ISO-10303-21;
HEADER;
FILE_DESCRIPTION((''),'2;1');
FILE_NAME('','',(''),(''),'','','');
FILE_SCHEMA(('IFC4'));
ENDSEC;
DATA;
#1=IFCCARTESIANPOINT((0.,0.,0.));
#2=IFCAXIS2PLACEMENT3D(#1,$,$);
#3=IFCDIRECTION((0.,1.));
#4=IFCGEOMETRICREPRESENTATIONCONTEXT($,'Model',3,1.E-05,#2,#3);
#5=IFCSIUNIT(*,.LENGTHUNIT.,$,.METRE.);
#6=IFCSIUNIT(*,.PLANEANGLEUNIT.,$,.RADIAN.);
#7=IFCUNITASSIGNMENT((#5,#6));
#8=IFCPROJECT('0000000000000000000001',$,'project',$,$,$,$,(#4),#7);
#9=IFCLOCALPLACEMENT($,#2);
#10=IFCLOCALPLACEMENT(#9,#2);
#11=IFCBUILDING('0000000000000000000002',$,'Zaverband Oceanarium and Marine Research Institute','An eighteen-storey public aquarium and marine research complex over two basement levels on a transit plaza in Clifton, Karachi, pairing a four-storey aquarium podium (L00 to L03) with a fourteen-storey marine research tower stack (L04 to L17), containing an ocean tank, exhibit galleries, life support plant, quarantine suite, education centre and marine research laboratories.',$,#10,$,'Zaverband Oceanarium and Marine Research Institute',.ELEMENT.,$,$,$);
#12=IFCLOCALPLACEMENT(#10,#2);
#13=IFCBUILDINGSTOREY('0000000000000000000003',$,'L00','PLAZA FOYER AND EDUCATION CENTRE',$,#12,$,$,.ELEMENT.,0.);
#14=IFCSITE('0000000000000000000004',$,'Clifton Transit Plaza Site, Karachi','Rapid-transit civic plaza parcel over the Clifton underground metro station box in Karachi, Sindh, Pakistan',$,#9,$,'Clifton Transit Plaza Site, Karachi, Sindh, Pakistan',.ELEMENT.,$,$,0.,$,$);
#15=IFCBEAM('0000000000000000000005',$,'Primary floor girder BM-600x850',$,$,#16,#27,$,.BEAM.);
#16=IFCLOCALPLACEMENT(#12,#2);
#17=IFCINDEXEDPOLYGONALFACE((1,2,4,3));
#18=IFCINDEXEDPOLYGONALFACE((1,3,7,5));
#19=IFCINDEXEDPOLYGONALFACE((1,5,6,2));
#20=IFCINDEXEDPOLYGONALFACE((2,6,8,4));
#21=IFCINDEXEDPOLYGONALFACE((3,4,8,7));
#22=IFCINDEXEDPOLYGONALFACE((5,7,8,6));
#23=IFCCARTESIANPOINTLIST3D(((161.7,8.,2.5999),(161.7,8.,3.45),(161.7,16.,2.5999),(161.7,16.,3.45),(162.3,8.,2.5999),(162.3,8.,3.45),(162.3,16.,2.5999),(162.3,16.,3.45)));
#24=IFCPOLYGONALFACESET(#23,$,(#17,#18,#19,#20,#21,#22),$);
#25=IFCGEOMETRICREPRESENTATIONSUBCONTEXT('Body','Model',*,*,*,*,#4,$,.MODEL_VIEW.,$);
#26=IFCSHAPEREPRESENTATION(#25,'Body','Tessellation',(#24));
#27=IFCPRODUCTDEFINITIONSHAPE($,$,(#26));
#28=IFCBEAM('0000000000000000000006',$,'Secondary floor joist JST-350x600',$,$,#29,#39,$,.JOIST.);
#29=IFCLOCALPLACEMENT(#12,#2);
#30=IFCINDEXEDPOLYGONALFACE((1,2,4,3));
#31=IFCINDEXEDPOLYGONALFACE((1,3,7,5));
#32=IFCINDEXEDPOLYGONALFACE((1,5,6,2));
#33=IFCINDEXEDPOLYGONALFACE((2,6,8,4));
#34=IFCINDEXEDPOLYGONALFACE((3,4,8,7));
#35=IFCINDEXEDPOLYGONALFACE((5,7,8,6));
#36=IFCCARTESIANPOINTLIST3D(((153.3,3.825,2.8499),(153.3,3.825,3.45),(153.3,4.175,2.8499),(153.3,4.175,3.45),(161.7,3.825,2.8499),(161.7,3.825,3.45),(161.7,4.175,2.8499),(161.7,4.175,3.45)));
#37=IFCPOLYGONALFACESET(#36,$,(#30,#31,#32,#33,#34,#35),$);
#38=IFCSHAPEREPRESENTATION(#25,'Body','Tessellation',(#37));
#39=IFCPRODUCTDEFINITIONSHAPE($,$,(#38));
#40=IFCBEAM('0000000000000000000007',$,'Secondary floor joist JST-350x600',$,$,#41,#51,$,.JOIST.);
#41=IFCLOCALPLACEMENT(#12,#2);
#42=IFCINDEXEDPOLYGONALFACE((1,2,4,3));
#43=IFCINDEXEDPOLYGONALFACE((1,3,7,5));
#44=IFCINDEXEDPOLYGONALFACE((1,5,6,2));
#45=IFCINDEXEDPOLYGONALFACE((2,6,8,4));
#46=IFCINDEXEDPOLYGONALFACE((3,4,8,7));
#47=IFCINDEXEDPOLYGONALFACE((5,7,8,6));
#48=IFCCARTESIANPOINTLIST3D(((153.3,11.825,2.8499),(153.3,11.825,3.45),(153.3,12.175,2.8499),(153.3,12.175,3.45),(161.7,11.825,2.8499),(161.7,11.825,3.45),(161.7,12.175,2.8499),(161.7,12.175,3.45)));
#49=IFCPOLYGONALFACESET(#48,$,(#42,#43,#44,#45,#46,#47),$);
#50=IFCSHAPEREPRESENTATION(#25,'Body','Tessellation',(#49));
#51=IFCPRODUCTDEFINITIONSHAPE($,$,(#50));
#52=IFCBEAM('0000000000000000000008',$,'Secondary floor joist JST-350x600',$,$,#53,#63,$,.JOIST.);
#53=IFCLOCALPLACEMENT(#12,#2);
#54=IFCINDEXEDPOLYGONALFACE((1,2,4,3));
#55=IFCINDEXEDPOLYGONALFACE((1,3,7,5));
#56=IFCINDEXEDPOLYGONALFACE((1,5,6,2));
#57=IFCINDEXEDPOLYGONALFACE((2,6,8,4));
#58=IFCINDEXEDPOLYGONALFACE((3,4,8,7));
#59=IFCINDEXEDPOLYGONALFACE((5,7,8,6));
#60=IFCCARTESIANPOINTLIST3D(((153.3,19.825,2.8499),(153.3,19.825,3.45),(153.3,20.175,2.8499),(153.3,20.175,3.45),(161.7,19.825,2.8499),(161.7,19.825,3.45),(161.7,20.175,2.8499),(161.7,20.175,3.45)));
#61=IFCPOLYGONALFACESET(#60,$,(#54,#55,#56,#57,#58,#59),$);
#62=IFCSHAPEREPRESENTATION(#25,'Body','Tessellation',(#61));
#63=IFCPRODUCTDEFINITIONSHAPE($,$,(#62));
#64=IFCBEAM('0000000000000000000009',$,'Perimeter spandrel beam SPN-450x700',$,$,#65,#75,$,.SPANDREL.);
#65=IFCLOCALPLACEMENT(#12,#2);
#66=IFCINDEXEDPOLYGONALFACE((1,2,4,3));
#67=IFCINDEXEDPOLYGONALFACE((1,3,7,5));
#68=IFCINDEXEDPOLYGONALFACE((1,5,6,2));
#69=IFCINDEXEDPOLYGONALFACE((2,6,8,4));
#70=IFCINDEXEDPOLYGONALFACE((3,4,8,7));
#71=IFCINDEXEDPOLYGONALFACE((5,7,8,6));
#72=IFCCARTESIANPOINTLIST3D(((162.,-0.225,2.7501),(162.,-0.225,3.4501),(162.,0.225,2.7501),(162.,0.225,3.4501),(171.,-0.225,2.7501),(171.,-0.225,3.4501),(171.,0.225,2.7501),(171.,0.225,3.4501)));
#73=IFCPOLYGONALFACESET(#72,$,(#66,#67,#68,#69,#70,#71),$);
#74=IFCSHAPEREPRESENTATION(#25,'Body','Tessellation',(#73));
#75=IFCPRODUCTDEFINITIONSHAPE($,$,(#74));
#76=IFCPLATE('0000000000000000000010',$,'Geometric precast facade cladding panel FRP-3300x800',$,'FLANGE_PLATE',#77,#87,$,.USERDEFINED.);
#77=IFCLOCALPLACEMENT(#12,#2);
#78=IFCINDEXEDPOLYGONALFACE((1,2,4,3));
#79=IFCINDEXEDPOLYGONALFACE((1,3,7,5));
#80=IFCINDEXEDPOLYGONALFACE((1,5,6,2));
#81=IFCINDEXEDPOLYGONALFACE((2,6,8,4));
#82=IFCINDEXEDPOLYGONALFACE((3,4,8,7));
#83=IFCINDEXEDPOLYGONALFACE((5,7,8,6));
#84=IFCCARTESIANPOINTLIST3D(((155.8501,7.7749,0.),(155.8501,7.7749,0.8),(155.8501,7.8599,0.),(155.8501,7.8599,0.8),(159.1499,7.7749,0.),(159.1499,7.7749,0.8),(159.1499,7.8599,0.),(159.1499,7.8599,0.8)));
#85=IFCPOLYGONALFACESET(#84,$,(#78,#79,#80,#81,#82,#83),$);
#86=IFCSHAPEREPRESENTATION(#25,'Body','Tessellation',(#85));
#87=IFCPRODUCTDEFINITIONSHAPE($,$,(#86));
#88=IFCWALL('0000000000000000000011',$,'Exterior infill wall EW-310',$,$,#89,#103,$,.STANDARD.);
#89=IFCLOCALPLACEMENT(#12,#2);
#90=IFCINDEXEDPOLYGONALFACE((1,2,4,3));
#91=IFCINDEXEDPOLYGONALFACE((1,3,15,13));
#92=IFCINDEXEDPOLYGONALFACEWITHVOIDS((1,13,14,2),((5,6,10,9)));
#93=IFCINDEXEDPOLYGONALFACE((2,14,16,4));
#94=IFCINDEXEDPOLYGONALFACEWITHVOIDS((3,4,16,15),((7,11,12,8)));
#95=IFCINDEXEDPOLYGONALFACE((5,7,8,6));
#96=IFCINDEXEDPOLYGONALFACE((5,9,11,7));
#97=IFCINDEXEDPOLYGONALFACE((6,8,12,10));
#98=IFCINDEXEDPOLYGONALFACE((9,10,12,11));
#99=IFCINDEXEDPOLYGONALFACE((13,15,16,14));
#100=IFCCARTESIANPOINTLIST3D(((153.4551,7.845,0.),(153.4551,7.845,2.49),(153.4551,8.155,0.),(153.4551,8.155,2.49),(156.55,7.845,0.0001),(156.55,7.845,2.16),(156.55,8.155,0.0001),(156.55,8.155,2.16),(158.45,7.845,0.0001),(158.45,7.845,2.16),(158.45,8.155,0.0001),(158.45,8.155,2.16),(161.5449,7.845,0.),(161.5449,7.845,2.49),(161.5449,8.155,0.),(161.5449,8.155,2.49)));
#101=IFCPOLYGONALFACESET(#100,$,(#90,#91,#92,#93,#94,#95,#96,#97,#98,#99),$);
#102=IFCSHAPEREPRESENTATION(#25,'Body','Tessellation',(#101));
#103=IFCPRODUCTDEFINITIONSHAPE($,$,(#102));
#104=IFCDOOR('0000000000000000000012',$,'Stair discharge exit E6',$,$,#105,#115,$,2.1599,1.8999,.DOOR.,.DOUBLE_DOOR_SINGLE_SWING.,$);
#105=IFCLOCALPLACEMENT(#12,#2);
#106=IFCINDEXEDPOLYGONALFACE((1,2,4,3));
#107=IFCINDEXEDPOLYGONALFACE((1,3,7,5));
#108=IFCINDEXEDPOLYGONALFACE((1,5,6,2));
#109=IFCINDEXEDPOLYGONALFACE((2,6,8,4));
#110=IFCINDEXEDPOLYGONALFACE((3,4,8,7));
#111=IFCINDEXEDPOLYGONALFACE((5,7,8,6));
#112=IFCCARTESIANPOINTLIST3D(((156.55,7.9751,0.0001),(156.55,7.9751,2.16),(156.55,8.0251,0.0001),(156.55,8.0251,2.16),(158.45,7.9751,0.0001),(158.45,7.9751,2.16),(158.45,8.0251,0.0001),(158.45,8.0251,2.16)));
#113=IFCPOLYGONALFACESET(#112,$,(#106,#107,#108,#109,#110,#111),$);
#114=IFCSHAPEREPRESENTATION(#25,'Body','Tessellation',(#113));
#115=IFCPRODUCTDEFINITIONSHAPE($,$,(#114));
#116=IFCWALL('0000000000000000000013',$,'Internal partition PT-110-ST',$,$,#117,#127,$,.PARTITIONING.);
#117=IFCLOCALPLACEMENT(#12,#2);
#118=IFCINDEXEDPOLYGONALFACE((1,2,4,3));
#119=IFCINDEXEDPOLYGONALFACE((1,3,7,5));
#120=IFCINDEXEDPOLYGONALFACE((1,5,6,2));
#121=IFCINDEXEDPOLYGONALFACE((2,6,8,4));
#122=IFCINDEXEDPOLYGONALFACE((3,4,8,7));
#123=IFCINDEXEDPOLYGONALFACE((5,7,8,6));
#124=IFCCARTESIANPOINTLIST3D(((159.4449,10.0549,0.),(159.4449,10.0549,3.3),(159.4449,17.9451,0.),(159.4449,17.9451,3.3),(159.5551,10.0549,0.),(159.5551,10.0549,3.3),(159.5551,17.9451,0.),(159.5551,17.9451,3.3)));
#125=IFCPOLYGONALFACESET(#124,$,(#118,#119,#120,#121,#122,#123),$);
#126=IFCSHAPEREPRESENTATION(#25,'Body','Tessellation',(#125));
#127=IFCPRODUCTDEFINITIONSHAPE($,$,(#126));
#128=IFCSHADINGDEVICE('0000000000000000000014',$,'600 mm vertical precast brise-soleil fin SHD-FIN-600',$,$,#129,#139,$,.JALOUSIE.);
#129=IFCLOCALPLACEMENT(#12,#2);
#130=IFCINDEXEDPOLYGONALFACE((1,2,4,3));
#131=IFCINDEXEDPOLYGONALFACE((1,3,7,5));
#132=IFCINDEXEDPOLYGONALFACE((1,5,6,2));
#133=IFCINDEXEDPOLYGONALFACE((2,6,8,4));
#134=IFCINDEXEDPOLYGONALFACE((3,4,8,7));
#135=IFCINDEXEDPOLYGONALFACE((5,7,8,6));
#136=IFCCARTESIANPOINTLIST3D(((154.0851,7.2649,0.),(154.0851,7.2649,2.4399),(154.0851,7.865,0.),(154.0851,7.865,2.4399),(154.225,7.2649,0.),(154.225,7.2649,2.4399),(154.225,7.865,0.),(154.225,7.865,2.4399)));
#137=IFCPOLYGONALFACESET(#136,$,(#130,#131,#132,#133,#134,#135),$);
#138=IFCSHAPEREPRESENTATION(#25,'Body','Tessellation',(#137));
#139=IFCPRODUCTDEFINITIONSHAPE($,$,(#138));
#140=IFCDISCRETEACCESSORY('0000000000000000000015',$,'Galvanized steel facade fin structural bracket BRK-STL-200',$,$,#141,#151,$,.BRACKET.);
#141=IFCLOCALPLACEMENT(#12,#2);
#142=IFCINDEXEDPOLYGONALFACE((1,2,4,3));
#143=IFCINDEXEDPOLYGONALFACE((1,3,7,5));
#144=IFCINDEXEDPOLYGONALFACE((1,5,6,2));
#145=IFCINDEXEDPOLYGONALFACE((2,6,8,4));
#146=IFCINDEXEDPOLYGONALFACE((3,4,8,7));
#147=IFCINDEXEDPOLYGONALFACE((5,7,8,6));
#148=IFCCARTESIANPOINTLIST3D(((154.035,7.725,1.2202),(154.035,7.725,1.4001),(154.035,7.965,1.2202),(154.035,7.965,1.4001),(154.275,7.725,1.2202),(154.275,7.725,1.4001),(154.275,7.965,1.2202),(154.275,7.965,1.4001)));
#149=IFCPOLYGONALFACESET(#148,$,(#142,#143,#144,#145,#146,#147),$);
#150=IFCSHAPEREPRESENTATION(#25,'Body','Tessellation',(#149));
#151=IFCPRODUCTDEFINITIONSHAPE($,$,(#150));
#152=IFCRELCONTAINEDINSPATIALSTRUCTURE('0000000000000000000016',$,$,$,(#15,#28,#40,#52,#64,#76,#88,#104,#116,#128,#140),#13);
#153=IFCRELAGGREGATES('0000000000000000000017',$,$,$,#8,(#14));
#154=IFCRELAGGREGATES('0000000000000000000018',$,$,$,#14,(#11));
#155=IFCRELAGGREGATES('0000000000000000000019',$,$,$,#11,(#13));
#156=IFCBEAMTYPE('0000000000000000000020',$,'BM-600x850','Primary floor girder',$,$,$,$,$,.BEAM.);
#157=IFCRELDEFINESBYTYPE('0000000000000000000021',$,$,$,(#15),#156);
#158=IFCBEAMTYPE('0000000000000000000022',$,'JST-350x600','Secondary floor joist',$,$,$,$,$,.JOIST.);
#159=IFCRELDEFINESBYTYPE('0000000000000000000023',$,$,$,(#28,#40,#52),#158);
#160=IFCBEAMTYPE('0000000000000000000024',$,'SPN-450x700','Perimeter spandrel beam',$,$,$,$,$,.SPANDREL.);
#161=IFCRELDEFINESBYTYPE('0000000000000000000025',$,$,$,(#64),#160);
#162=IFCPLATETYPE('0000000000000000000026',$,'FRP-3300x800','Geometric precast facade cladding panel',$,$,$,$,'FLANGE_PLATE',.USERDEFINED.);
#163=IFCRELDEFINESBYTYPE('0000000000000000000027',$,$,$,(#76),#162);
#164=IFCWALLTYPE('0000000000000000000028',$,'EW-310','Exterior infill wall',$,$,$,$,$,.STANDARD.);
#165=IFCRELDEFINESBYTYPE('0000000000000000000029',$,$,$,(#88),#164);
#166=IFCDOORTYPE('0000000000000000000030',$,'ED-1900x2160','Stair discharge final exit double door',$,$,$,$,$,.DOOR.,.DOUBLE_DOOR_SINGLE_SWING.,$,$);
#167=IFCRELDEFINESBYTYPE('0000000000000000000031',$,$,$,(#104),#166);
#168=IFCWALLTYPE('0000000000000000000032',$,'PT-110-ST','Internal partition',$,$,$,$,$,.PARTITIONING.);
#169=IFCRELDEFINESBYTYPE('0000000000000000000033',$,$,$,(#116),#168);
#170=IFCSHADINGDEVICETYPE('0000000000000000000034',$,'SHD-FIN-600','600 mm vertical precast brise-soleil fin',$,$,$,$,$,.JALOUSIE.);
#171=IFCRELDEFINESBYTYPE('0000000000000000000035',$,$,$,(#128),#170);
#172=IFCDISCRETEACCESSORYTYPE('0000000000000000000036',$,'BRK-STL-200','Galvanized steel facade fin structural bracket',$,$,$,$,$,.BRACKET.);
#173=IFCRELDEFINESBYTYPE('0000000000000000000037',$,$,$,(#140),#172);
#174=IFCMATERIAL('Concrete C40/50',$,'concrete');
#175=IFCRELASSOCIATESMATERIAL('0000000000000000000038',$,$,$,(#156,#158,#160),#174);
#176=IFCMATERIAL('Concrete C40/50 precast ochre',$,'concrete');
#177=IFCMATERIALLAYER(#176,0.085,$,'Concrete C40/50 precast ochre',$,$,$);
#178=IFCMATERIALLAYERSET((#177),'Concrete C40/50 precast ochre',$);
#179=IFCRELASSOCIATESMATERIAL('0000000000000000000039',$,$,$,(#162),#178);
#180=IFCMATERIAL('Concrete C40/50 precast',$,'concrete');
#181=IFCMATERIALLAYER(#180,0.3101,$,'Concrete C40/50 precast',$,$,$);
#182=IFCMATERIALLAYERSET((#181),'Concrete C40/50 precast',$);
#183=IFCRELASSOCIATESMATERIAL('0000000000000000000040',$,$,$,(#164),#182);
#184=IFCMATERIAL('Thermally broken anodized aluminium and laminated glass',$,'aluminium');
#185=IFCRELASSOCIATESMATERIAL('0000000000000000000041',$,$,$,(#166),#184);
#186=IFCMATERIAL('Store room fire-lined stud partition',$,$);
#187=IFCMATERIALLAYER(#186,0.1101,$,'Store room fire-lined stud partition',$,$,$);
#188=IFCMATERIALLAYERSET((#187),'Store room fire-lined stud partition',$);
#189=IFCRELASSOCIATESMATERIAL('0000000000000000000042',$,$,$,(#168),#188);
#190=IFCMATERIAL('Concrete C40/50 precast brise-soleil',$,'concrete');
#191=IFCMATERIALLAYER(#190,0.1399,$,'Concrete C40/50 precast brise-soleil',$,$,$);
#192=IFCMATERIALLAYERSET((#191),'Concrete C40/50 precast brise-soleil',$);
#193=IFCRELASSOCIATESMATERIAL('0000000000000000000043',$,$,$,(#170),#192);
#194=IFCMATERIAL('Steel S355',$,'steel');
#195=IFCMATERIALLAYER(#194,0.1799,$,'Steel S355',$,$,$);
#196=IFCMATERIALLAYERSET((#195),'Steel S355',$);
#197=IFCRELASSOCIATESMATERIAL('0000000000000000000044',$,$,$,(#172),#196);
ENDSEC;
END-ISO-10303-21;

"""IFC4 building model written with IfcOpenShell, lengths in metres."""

from ifc_helpers import new_model, si_unit, direction, frame, frame_2d, origin, origin_2d, place, context, subcontext, project, spatial, rectangle, extrude, material, layer, layer_set, material_profile, profile_set, type_object, element, fill, save


model = new_model("IFC4")

# Units and contexts
model_context = context("Model", 3, precision=1e-05, world=origin(), true_north=direction((0.0, 1.0)))
body_context = subcontext(model_context, "Body", "Model", "MODEL_VIEW")
ifc_project = project(units=[si_unit("LENGTHUNIT", "METRE"), si_unit("PLANEANGLEUNIT", "RADIAN")], contexts=[model_context])

# Site, building, storey
site_placement = place(None, origin())
site = spatial("IfcSite", under=ifc_project, at=site_placement, Name="Clifton Transit Plaza Site, Karachi", Description="Rapid-transit civic plaza parcel over the Clifton underground metro station box in Karachi, Sindh, Pakistan", LongName="Clifton Transit Plaza Site, Karachi, Sindh, Pakistan", CompositionType="ELEMENT", RefElevation=0.0)
building_placement = place(site_placement, origin())
building = spatial("IfcBuilding", under=site, at=building_placement, Name="Zaverband Oceanarium and Marine Research Institute", Description="An eighteen-storey public aquarium and marine research complex over two basement levels on a transit plaza in Clifton, Karachi, pairing a four-storey aquarium podium (L00 to L03) with a fourteen-storey marine research tower stack (L04 to L17), containing an ocean tank, exhibit galleries, life support plant, quarantine suite, education centre and marine research laboratories.", LongName="Zaverband Oceanarium and Marine Research Institute", CompositionType="ELEMENT")
storey_placement = place(building_placement, origin())
storey = spatial("IfcBuildingStorey", under=building, at=storey_placement, Name="L00", Description="PLAZA FOYER AND EDUCATION CENTRE", CompositionType="ELEMENT", Elevation=0.0)

# Beams
ifc_material_1 = material(Name="Concrete C40/50", Category="concrete")
ifc_material_profile_1 = material_profile(ifc_material_1, rectangle(XDim=0.6001, YDim=0.8501, at=origin_2d()), Name="RC600x850")
ifc_profile_set_1 = profile_set([ifc_material_profile_1], Name="Concrete C40/50")
beam_type_1 = type_object("IfcBeamType", Name="BM-600x850", Description="Primary floor girder", PredefinedType="BEAM", material=ifc_profile_set_1)
for number, where, z_axis, x_axis, name in (
    (1, (162.0, 8.0, 3.0249), (0.0, 1.0, 0.0), (-1.0, 0.0, 0.0), "Primary floor girder BM-600x850"),
):
    element("IfcBeam", number, at=place(storey_placement, frame(where, z_axis=z_axis, x_axis=x_axis)), inside=storey, type_object=beam_type_1, Name=name, PredefinedType="BEAM", context=body_context, shape_type="SweptSolid", body=[
        extrude(rectangle(XDim=0.6001, YDim=0.8501, at=origin_2d()), origin(), (0.0, 0.0, 1.0), 8.0),
    ])
ifc_material_profile_2 = material_profile(ifc_material_1, rectangle(XDim=0.3501, YDim=0.6001, at=origin_2d()), Name="RC350x600")
ifc_profile_set_2 = profile_set([ifc_material_profile_2], Name="Concrete C40/50")
beam_type_2 = type_object("IfcBeamType", Name="JST-350x600", Description="Secondary floor joist", PredefinedType="JOIST", material=ifc_profile_set_2)
for number, where, z_axis, x_axis, name in (
    (2, (153.3, 4.0, 3.1499), (1.0, 0.0, 0.0), (0.0, 1.0, 0.0), "Secondary floor joist JST-350x600"),
    (3, (153.3, 12.0, 3.1499), (1.0, 0.0, 0.0), (0.0, 1.0, 0.0), "Secondary floor joist JST-350x600"),
    (4, (153.3, 20.0, 3.1499), (1.0, 0.0, 0.0), (0.0, 1.0, 0.0), "Secondary floor joist JST-350x600"),
):
    element("IfcBeam", number, at=place(storey_placement, frame(where, z_axis=z_axis, x_axis=x_axis)), inside=storey, type_object=beam_type_2, Name=name, PredefinedType="JOIST", context=body_context, shape_type="SweptSolid", body=[
        extrude(rectangle(XDim=0.3501, YDim=0.6001, at=origin_2d()), origin(), (0.0, 0.0, 1.0), 8.3999),
    ])
ifc_material_profile_3 = material_profile(ifc_material_1, rectangle(XDim=0.45, YDim=0.7, at=origin_2d()), Name="RC450x700")
ifc_profile_set_3 = profile_set([ifc_material_profile_3], Name="Concrete C40/50")
beam_type_3 = type_object("IfcBeamType", Name="SPN-450x700", Description="Perimeter spandrel beam", PredefinedType="SPANDREL", material=ifc_profile_set_3)
beam_placement = place(storey_placement, frame((162.0, 0.0, 3.1001), z_axis=(1.0, 0.0, 0.0), x_axis=(0.0, 1.0, 0.0)))
element("IfcBeam", 5, at=beam_placement, inside=storey, type_object=beam_type_3, Name="Perimeter spandrel beam SPN-450x700", PredefinedType="SPANDREL", context=body_context, shape_type="SweptSolid", body=[
    extrude(rectangle(XDim=0.45, YDim=0.7, at=origin_2d()), origin(), (0.0, 0.0, 1.0), 9.0),
])

# Plate
ifc_material_2 = material(Name="Concrete C40/50 precast ochre", Category="concrete")
ifc_layer_1 = layer(ifc_material_2, 0.085, Name="Concrete C40/50 precast ochre")
ifc_layer_set_1 = layer_set([ifc_layer_1], Name="Concrete C40/50 precast ochre")
plate_type = type_object("IfcPlateType", Name="FRP-3300x800", Description="Geometric precast facade cladding panel", ElementType="FLANGE_PLATE", PredefinedType="USERDEFINED", material=ifc_layer_set_1)
plate_placement = place(storey_placement, frame((155.8501, 7.8174, 0.0), z_axis=(0.0, 0.0, 1.0), x_axis=(1.0, 0.0, 0.0)))
element("IfcPlate", 6, at=plate_placement, inside=storey, type_object=plate_type, Name="Geometric precast facade cladding panel FRP-3300x800", ObjectType="FLANGE_PLATE", PredefinedType="USERDEFINED", context=body_context, shape_type="SweptSolid", body=[
    extrude(rectangle(XDim=3.2998, YDim=0.085, at=frame_2d((1.6499, 0.0))), origin(), (0.0, 0.0, 1.0), 0.8),
])

# Wall, opening, door
ifc_material_3 = material(Name="Concrete C40/50 precast", Category="concrete")
ifc_layer_2 = layer(ifc_material_3, 0.3101, Name="Concrete C40/50 precast")
ifc_layer_set_2 = layer_set([ifc_layer_2], Name="Concrete C40/50 precast")
wall_type_1 = type_object("IfcWallType", Name="EW-310", Description="Exterior infill wall", PredefinedType="STANDARD", material=ifc_layer_set_2)
wall_1_placement = place(storey_placement, frame((153.4551, 8.0, 0.0), z_axis=(0.0, 0.0, 1.0), x_axis=(1.0, 0.0, 0.0)))
wall_1 = element("IfcWall", 7, at=wall_1_placement, inside=storey, type_object=wall_type_1, Name="Exterior infill wall EW-310", PredefinedType="STANDARD", context=body_context, shape_type="SweptSolid", body=[
    extrude(rectangle(XDim=8.0898, YDim=0.3101, at=frame_2d((4.0449, 0.0))), origin(), (0.0, 0.0, 1.0), 2.49),
])
opening_placement = place(wall_1_placement, frame((3.095, 0.0, 0.0)))
opening = element("IfcOpeningElement", 8, at=opening_placement, cuts=wall_1, PredefinedType="OPENING", context=body_context, shape_type="SweptSolid", body=[
    extrude(rectangle(XDim=1.8999, YDim=2.1599, at=frame_2d((0.95, 1.0801))), frame((0.0, 0.167, 0.0), z_axis=(0.0, -1.0, 0.0), x_axis=(1.0, 0.0, 0.0)), (0.0, 0.0, 1.0), 0.334),
])
ifc_material_4 = material(Name="Thermally broken anodized aluminium and laminated glass", Category="aluminium")
door_type = type_object("IfcDoorType", Name="ED-1900x2160", Description="Stair discharge final exit double door", OperationType="DOUBLE_DOOR_SINGLE_SWING", PredefinedType="DOOR", material=ifc_material_4)
door_placement = place(opening_placement, frame((1.8999, 0.0, 0.0), z_axis=(0.0, 0.0, 1.0), x_axis=(-1.0, 0.0, 0.0)))
door = element("IfcDoor", 9, at=door_placement, inside=storey, type_object=door_type, Name="Stair discharge exit E6", OperationType="DOUBLE_DOOR_SINGLE_SWING", OverallHeight=2.1599, OverallWidth=1.8999, PredefinedType="DOOR", context=body_context, shape_type="SweptSolid", body=[
    extrude(rectangle(XDim=1.8999, YDim=2.1599, at=frame_2d((0.95, 1.0801))), frame((0.0, 0.0249, 0.0), z_axis=(0.0, -1.0, 0.0), x_axis=(1.0, 0.0, 0.0)), (0.0, 0.0, 1.0), 0.05),
])
fill(opening, door)

# Wall
ifc_material_5 = material(Name="Store room fire-lined stud partition")
ifc_layer_3 = layer(ifc_material_5, 0.1101, Name="Store room fire-lined stud partition")
ifc_layer_set_3 = layer_set([ifc_layer_3], Name="Store room fire-lined stud partition")
wall_type_2 = type_object("IfcWallType", Name="PT-110-ST", Description="Internal partition", PredefinedType="PARTITIONING", material=ifc_layer_set_3)
wall_2_placement = place(storey_placement, frame((159.5, 10.0549, 0.0), z_axis=(0.0, 0.0, 1.0), x_axis=(0.0, 1.0, 0.0)))
element("IfcWall", 10, at=wall_2_placement, inside=storey, type_object=wall_type_2, Name="Internal partition PT-110-ST", PredefinedType="PARTITIONING", context=body_context, shape_type="SweptSolid", body=[
    extrude(rectangle(XDim=7.8901, YDim=0.1101, at=frame_2d((3.9451, 0.0))), origin(), (0.0, 0.0, 1.0), 3.3),
])

# Shared definitions
ifc_material_6 = material(Name="Steel S355", Category="steel")

# Shading device
ifc_material_7 = material(Name="Concrete C40/50 precast brise-soleil", Category="concrete")
ifc_layer_4 = layer(ifc_material_7, 0.1399, Name="Concrete C40/50 precast brise-soleil")
ifc_layer_set_4 = layer_set([ifc_layer_4], Name="Concrete C40/50 precast brise-soleil")
shading_device_type = type_object("IfcShadingDeviceType", Name="SHD-FIN-600", Description="600 mm vertical precast brise-soleil fin", PredefinedType="JALOUSIE", material=ifc_layer_set_4)
shading_device_placement = place(storey_placement, frame((154.155, 7.865, 0.0), z_axis=(0.0, 0.0, 1.0), x_axis=(0.0, -1.0, 0.0)))
element("IfcShadingDevice", 11, at=shading_device_placement, inside=storey, type_object=shading_device_type, Name="600 mm vertical precast brise-soleil fin SHD-FIN-600", PredefinedType="JALOUSIE", context=body_context, shape_type="SweptSolid", body=[
    extrude(rectangle(XDim=0.6001, YDim=0.1399, at=frame_2d((0.3, 0.0))), origin(), (0.0, 0.0, 1.0), 2.4399),
])

# Discrete accessory
ifc_layer_5 = layer(ifc_material_6, 0.1799, Name="Steel S355")
ifc_layer_set_5 = layer_set([ifc_layer_5], Name="Steel S355")
discrete_accessory_type = type_object("IfcDiscreteAccessoryType", Name="BRK-STL-200", Description="Galvanized steel facade fin structural bracket", PredefinedType="BRACKET", material=ifc_layer_set_5)
discrete_accessory_placement = place(storey_placement, frame((154.155, 7.845, 1.2202), z_axis=(0.0, 0.0, 1.0), x_axis=(1.0, 0.0, 0.0)))
element("IfcDiscreteAccessory", 12, at=discrete_accessory_placement, inside=storey, type_object=discrete_accessory_type, Name="Galvanized steel facade fin structural bracket BRK-STL-200", PredefinedType="BRACKET", context=body_context, shape_type="SweptSolid", body=[
    extrude(rectangle(XDim=0.24, YDim=0.24, at=origin_2d()), origin(), (0.0, 0.0, 1.0), 0.1799),
])

save(model, "model.ifc")
